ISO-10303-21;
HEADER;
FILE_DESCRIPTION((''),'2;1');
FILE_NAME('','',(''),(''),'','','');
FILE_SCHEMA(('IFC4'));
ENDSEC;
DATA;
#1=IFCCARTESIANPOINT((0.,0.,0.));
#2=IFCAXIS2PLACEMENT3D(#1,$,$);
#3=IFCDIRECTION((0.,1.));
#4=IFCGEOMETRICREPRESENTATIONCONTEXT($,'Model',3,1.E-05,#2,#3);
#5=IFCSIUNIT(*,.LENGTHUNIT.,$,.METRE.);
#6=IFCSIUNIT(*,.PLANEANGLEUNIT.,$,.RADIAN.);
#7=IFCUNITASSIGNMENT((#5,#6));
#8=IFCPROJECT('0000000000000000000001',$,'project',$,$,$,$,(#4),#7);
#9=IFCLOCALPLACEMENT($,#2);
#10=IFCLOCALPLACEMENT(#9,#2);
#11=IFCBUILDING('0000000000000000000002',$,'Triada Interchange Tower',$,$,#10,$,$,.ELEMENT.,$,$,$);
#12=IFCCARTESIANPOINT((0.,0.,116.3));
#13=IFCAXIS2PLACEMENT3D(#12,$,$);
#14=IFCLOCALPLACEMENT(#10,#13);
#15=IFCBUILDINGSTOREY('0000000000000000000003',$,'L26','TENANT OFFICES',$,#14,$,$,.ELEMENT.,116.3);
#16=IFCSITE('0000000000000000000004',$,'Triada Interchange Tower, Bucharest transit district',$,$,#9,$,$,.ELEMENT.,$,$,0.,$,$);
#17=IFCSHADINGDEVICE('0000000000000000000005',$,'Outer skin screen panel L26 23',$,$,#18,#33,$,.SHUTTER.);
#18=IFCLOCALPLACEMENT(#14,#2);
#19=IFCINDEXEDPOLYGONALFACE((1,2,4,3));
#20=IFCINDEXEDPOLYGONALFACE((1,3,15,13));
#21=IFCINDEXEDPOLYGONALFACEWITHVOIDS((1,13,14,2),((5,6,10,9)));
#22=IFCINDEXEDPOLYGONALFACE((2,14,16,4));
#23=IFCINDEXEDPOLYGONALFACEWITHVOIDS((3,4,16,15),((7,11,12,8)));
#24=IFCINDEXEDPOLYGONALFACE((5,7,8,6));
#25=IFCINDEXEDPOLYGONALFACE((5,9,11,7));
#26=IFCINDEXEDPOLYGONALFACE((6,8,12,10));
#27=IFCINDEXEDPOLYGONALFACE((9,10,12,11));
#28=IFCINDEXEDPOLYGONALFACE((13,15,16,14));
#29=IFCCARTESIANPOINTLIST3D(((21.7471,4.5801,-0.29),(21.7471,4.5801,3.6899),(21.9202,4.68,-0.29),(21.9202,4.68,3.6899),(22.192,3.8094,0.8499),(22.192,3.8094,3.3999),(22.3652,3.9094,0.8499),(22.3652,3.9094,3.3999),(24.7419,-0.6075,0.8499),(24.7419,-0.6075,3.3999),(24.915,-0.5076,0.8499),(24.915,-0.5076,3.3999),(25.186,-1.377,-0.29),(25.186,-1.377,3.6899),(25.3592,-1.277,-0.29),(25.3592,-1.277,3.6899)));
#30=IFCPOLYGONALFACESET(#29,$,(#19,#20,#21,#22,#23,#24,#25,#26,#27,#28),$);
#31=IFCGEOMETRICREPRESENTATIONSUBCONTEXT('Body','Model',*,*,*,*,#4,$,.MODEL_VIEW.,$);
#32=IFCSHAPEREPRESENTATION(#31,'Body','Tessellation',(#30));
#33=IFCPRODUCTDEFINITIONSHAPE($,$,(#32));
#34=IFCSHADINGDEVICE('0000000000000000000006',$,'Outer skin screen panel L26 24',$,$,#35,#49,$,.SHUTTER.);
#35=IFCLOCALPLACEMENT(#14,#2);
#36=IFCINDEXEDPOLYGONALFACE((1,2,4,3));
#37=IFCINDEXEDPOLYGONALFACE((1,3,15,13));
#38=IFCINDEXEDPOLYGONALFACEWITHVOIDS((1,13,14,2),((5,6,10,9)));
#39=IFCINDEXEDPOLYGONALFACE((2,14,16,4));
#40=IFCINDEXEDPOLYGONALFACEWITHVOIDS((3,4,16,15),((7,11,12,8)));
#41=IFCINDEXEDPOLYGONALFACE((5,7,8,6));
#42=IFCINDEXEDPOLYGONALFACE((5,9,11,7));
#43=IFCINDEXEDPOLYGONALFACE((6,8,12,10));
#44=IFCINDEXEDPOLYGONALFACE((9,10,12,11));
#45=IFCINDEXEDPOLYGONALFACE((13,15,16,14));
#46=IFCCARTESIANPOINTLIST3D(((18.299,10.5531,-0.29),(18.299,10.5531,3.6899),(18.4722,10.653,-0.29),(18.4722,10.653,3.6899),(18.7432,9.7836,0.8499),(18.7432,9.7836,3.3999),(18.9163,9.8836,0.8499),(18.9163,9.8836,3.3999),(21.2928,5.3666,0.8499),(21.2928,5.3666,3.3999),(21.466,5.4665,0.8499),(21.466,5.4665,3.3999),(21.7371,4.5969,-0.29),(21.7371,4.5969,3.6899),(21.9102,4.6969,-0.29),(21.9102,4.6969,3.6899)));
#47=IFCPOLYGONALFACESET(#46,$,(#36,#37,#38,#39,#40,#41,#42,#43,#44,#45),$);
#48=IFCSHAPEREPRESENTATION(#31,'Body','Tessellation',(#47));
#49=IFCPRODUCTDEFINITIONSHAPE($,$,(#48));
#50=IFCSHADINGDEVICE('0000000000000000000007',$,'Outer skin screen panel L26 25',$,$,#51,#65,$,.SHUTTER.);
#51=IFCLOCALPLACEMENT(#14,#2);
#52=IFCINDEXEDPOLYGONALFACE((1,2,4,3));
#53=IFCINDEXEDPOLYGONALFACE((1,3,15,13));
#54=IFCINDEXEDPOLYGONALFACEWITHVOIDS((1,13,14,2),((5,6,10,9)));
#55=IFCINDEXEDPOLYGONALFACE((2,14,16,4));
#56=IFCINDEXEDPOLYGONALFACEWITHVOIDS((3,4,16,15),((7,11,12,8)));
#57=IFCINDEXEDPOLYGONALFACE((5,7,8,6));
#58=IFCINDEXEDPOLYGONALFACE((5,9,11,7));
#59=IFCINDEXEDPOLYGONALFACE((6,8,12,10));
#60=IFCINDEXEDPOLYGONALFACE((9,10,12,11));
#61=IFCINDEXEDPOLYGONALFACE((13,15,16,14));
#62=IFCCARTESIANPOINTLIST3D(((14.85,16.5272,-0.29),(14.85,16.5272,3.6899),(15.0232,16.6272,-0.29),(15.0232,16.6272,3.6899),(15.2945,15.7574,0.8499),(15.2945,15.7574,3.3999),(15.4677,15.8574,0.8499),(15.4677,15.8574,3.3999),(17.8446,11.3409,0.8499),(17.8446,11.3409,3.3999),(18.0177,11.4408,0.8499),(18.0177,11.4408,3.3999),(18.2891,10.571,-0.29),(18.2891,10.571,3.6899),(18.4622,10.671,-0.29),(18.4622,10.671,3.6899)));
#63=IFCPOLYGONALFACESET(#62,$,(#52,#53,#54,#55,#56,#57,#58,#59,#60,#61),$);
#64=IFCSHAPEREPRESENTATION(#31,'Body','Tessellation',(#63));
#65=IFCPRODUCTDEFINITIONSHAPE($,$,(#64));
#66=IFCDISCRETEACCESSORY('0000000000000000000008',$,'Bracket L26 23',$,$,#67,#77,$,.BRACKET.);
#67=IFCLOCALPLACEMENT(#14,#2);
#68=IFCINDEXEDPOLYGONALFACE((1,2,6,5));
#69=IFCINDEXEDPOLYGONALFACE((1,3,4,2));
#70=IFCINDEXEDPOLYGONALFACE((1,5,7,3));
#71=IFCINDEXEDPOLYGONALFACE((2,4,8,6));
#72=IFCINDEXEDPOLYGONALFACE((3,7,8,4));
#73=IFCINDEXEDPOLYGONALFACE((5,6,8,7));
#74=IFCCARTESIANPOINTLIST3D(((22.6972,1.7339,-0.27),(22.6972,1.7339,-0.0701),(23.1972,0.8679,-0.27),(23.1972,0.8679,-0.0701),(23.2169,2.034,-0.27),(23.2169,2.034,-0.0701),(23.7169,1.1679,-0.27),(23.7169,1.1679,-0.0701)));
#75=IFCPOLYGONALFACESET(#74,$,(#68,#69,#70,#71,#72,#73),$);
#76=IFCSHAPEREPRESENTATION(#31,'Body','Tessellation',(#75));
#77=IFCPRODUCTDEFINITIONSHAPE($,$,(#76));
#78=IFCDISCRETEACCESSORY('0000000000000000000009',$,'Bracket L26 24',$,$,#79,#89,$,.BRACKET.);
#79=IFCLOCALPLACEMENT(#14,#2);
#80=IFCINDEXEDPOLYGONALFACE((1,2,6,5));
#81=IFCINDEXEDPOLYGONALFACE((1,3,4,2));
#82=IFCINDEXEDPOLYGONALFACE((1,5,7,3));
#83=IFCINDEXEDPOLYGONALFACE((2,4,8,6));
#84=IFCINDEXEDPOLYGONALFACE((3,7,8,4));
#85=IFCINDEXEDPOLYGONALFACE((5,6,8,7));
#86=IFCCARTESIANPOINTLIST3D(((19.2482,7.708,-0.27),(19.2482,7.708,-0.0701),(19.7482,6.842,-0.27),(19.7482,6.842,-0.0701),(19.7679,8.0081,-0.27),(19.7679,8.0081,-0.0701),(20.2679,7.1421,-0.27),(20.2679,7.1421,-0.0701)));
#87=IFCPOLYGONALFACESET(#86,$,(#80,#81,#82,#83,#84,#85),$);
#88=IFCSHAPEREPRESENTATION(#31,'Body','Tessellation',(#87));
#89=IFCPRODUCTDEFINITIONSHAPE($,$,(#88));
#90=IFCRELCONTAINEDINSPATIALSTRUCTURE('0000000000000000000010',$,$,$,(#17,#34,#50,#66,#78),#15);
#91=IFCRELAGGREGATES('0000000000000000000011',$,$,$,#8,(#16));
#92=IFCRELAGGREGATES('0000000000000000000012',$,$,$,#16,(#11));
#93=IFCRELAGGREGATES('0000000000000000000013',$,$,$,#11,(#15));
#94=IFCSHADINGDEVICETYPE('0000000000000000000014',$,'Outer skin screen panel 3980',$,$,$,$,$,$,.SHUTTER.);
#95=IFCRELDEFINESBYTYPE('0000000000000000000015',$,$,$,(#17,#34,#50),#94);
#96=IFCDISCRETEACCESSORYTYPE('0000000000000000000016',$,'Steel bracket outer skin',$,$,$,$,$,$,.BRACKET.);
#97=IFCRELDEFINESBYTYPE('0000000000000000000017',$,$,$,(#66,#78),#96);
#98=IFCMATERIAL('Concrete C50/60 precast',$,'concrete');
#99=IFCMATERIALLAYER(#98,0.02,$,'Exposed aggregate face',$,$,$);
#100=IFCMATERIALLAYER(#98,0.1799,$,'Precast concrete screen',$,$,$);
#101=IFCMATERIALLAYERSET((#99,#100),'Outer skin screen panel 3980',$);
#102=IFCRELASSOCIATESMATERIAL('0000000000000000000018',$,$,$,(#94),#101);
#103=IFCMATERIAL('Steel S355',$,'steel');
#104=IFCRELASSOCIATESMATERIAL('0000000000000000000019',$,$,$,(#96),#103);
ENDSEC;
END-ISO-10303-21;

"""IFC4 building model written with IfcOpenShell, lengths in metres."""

from ifc_helpers import new_model, si_unit, direction, frame, origin, origin_2d, place, context, subcontext, project, spatial, polyline, rectangle, outline, extrude, material, layer, layer_set, type_object, element, save


model = new_model("IFC4")

# Units and contexts
model_context = context("Model", 3, precision=1e-05, world=origin(), true_north=direction((0.0, 1.0)))
body_context = subcontext(model_context, "Body", "Model", "MODEL_VIEW")
ifc_project = project(units=[si_unit("LENGTHUNIT", "METRE"), si_unit("PLANEANGLEUNIT", "RADIAN")], contexts=[model_context])

# Site, building, storey
site_placement = place(None, origin())
site = spatial("IfcSite", under=ifc_project, at=site_placement, Name="Triada Interchange Tower, Bucharest transit district", CompositionType="ELEMENT", RefElevation=0.0)
building_placement = place(site_placement, origin())
building = spatial("IfcBuilding", under=site, at=building_placement, Name="Triada Interchange Tower", CompositionType="ELEMENT")
storey_placement = place(building_placement, frame((0.0, 0.0, 116.3)))
storey = spatial("IfcBuildingStorey", under=building, at=storey_placement, Name="L26", Description="TENANT OFFICES", CompositionType="ELEMENT", Elevation=116.3)

# Shading devices
ifc_material_1 = material(Name="Concrete C50/60 precast", Category="concrete")
ifc_layer_1 = layer(ifc_material_1, 0.02, Name="Exposed aggregate face")
ifc_layer_2 = layer(ifc_material_1, 0.1799, Name="Precast concrete screen")
ifc_layer_set_1 = layer_set([ifc_layer_1, ifc_layer_2], Name="Outer skin screen panel 3980")
shading_device_type = type_object("IfcShadingDeviceType", Name="Outer skin screen panel 3980", PredefinedType="SHUTTER", material=ifc_layer_set_1)
shading_device_1_placement = place(storey_placement, frame((25.186, -1.377, -0.29), z_axis=(0.0, 0.0, 1.0), x_axis=(-0.499964, 0.866046, 0.0)))
element("IfcShadingDevice", 1, at=shading_device_1_placement, inside=storey, type_object=shading_device_type, Name="Outer skin screen panel L26 23", PredefinedType="SHUTTER", context=body_context, shape_type="SweptSolid", body=[
    extrude(outline(polyline([(0.0, 0.0), (6.8784, 0.0), (6.8784, 3.98), (0.0, 3.98), (0.0, 0.0)]), holes=[polyline([(0.8884, 1.1399), (0.8884, 3.6899), (5.9885, 3.6899), (5.9885, 1.1399), (0.8884, 1.1399)])]), frame((0.0, 0.0, 0.0), z_axis=(0.0, -1.0, 0.0), x_axis=(1.0, 0.0, 0.0)), (0.0, 0.0, 1.0), 0.2),
])
shading_device_2_placement = place(storey_placement, frame((21.7371, 4.5969, -0.29), z_axis=(0.0, 0.0, 1.0), x_axis=(-0.499919, 0.866072, 0.0)))
element("IfcShadingDevice", 2, at=shading_device_2_placement, inside=storey, type_object=shading_device_type, Name="Outer skin screen panel L26 24", PredefinedType="SHUTTER", context=body_context, shape_type="SweptSolid", body=[
    extrude(outline(polyline([(0.0, 0.0), (6.8772, 0.0), (6.8772, 3.98), (0.0, 3.98), (0.0, 0.0)]), holes=[polyline([(0.8887, 1.1399), (0.8887, 3.6899), (5.9888, 3.6899), (5.9888, 1.1399), (0.8887, 1.1399)])]), frame((0.0, 0.0, 0.0), z_axis=(0.0, -1.0, 0.0), x_axis=(1.0, 0.0, 0.0)), (0.0, 0.0, 1.0), 0.2),
])
shading_device_3_placement = place(storey_placement, frame((18.2891, 10.571, -0.29), z_axis=(0.0, 0.0, 1.0), x_axis=(-0.500026, 0.866011, 0.0)))
element("IfcShadingDevice", 3, at=shading_device_3_placement, inside=storey, type_object=shading_device_type, Name="Outer skin screen panel L26 25", PredefinedType="SHUTTER", context=body_context, shape_type="SweptSolid", body=[
    extrude(outline(polyline([(0.0, 0.0), (6.8777, 0.0), (6.8777, 3.98), (0.0, 3.98), (0.0, 0.0)]), holes=[polyline([(0.8889, 1.1399), (0.8889, 3.6899), (5.9888, 3.6899), (5.9888, 1.1399), (0.8889, 1.1399)])]), frame((0.0, 0.0, 0.0), z_axis=(0.0, -1.0, 0.0), x_axis=(1.0, 0.0, 0.0)), (0.0, 0.0, 1.0), 0.2),
])

# Discrete accessories
ifc_material_2 = material(Name="Steel S355", Category="steel")
discrete_accessory_type = type_object("IfcDiscreteAccessoryType", Name="Steel bracket outer skin", PredefinedType="BRACKET", material=ifc_material_2)
for number, where, z_axis, x_axis, name in (
    (4, (23.207, 1.4509, -0.27), (0.0, 0.0, 1.0), (0.866028, 0.499995, 0.0), "Bracket L26 23"),
    (5, (19.7581, 7.425, -0.27), (0.0, 0.0, 1.0), (0.866028, 0.499995, 0.0), "Bracket L26 24"),
):
    element("IfcDiscreteAccessory", number, at=place(storey_placement, frame(where, z_axis=z_axis, x_axis=x_axis)), inside=storey, type_object=discrete_accessory_type, Name=name, PredefinedType="BRACKET", context=body_context, shape_type="SweptSolid", body=[
        extrude(rectangle(XDim=0.6001, YDim=1.0, at=origin_2d()), origin(), (0.0, 0.0, 1.0), 0.2),
    ])

save(model, "model.ifc")
